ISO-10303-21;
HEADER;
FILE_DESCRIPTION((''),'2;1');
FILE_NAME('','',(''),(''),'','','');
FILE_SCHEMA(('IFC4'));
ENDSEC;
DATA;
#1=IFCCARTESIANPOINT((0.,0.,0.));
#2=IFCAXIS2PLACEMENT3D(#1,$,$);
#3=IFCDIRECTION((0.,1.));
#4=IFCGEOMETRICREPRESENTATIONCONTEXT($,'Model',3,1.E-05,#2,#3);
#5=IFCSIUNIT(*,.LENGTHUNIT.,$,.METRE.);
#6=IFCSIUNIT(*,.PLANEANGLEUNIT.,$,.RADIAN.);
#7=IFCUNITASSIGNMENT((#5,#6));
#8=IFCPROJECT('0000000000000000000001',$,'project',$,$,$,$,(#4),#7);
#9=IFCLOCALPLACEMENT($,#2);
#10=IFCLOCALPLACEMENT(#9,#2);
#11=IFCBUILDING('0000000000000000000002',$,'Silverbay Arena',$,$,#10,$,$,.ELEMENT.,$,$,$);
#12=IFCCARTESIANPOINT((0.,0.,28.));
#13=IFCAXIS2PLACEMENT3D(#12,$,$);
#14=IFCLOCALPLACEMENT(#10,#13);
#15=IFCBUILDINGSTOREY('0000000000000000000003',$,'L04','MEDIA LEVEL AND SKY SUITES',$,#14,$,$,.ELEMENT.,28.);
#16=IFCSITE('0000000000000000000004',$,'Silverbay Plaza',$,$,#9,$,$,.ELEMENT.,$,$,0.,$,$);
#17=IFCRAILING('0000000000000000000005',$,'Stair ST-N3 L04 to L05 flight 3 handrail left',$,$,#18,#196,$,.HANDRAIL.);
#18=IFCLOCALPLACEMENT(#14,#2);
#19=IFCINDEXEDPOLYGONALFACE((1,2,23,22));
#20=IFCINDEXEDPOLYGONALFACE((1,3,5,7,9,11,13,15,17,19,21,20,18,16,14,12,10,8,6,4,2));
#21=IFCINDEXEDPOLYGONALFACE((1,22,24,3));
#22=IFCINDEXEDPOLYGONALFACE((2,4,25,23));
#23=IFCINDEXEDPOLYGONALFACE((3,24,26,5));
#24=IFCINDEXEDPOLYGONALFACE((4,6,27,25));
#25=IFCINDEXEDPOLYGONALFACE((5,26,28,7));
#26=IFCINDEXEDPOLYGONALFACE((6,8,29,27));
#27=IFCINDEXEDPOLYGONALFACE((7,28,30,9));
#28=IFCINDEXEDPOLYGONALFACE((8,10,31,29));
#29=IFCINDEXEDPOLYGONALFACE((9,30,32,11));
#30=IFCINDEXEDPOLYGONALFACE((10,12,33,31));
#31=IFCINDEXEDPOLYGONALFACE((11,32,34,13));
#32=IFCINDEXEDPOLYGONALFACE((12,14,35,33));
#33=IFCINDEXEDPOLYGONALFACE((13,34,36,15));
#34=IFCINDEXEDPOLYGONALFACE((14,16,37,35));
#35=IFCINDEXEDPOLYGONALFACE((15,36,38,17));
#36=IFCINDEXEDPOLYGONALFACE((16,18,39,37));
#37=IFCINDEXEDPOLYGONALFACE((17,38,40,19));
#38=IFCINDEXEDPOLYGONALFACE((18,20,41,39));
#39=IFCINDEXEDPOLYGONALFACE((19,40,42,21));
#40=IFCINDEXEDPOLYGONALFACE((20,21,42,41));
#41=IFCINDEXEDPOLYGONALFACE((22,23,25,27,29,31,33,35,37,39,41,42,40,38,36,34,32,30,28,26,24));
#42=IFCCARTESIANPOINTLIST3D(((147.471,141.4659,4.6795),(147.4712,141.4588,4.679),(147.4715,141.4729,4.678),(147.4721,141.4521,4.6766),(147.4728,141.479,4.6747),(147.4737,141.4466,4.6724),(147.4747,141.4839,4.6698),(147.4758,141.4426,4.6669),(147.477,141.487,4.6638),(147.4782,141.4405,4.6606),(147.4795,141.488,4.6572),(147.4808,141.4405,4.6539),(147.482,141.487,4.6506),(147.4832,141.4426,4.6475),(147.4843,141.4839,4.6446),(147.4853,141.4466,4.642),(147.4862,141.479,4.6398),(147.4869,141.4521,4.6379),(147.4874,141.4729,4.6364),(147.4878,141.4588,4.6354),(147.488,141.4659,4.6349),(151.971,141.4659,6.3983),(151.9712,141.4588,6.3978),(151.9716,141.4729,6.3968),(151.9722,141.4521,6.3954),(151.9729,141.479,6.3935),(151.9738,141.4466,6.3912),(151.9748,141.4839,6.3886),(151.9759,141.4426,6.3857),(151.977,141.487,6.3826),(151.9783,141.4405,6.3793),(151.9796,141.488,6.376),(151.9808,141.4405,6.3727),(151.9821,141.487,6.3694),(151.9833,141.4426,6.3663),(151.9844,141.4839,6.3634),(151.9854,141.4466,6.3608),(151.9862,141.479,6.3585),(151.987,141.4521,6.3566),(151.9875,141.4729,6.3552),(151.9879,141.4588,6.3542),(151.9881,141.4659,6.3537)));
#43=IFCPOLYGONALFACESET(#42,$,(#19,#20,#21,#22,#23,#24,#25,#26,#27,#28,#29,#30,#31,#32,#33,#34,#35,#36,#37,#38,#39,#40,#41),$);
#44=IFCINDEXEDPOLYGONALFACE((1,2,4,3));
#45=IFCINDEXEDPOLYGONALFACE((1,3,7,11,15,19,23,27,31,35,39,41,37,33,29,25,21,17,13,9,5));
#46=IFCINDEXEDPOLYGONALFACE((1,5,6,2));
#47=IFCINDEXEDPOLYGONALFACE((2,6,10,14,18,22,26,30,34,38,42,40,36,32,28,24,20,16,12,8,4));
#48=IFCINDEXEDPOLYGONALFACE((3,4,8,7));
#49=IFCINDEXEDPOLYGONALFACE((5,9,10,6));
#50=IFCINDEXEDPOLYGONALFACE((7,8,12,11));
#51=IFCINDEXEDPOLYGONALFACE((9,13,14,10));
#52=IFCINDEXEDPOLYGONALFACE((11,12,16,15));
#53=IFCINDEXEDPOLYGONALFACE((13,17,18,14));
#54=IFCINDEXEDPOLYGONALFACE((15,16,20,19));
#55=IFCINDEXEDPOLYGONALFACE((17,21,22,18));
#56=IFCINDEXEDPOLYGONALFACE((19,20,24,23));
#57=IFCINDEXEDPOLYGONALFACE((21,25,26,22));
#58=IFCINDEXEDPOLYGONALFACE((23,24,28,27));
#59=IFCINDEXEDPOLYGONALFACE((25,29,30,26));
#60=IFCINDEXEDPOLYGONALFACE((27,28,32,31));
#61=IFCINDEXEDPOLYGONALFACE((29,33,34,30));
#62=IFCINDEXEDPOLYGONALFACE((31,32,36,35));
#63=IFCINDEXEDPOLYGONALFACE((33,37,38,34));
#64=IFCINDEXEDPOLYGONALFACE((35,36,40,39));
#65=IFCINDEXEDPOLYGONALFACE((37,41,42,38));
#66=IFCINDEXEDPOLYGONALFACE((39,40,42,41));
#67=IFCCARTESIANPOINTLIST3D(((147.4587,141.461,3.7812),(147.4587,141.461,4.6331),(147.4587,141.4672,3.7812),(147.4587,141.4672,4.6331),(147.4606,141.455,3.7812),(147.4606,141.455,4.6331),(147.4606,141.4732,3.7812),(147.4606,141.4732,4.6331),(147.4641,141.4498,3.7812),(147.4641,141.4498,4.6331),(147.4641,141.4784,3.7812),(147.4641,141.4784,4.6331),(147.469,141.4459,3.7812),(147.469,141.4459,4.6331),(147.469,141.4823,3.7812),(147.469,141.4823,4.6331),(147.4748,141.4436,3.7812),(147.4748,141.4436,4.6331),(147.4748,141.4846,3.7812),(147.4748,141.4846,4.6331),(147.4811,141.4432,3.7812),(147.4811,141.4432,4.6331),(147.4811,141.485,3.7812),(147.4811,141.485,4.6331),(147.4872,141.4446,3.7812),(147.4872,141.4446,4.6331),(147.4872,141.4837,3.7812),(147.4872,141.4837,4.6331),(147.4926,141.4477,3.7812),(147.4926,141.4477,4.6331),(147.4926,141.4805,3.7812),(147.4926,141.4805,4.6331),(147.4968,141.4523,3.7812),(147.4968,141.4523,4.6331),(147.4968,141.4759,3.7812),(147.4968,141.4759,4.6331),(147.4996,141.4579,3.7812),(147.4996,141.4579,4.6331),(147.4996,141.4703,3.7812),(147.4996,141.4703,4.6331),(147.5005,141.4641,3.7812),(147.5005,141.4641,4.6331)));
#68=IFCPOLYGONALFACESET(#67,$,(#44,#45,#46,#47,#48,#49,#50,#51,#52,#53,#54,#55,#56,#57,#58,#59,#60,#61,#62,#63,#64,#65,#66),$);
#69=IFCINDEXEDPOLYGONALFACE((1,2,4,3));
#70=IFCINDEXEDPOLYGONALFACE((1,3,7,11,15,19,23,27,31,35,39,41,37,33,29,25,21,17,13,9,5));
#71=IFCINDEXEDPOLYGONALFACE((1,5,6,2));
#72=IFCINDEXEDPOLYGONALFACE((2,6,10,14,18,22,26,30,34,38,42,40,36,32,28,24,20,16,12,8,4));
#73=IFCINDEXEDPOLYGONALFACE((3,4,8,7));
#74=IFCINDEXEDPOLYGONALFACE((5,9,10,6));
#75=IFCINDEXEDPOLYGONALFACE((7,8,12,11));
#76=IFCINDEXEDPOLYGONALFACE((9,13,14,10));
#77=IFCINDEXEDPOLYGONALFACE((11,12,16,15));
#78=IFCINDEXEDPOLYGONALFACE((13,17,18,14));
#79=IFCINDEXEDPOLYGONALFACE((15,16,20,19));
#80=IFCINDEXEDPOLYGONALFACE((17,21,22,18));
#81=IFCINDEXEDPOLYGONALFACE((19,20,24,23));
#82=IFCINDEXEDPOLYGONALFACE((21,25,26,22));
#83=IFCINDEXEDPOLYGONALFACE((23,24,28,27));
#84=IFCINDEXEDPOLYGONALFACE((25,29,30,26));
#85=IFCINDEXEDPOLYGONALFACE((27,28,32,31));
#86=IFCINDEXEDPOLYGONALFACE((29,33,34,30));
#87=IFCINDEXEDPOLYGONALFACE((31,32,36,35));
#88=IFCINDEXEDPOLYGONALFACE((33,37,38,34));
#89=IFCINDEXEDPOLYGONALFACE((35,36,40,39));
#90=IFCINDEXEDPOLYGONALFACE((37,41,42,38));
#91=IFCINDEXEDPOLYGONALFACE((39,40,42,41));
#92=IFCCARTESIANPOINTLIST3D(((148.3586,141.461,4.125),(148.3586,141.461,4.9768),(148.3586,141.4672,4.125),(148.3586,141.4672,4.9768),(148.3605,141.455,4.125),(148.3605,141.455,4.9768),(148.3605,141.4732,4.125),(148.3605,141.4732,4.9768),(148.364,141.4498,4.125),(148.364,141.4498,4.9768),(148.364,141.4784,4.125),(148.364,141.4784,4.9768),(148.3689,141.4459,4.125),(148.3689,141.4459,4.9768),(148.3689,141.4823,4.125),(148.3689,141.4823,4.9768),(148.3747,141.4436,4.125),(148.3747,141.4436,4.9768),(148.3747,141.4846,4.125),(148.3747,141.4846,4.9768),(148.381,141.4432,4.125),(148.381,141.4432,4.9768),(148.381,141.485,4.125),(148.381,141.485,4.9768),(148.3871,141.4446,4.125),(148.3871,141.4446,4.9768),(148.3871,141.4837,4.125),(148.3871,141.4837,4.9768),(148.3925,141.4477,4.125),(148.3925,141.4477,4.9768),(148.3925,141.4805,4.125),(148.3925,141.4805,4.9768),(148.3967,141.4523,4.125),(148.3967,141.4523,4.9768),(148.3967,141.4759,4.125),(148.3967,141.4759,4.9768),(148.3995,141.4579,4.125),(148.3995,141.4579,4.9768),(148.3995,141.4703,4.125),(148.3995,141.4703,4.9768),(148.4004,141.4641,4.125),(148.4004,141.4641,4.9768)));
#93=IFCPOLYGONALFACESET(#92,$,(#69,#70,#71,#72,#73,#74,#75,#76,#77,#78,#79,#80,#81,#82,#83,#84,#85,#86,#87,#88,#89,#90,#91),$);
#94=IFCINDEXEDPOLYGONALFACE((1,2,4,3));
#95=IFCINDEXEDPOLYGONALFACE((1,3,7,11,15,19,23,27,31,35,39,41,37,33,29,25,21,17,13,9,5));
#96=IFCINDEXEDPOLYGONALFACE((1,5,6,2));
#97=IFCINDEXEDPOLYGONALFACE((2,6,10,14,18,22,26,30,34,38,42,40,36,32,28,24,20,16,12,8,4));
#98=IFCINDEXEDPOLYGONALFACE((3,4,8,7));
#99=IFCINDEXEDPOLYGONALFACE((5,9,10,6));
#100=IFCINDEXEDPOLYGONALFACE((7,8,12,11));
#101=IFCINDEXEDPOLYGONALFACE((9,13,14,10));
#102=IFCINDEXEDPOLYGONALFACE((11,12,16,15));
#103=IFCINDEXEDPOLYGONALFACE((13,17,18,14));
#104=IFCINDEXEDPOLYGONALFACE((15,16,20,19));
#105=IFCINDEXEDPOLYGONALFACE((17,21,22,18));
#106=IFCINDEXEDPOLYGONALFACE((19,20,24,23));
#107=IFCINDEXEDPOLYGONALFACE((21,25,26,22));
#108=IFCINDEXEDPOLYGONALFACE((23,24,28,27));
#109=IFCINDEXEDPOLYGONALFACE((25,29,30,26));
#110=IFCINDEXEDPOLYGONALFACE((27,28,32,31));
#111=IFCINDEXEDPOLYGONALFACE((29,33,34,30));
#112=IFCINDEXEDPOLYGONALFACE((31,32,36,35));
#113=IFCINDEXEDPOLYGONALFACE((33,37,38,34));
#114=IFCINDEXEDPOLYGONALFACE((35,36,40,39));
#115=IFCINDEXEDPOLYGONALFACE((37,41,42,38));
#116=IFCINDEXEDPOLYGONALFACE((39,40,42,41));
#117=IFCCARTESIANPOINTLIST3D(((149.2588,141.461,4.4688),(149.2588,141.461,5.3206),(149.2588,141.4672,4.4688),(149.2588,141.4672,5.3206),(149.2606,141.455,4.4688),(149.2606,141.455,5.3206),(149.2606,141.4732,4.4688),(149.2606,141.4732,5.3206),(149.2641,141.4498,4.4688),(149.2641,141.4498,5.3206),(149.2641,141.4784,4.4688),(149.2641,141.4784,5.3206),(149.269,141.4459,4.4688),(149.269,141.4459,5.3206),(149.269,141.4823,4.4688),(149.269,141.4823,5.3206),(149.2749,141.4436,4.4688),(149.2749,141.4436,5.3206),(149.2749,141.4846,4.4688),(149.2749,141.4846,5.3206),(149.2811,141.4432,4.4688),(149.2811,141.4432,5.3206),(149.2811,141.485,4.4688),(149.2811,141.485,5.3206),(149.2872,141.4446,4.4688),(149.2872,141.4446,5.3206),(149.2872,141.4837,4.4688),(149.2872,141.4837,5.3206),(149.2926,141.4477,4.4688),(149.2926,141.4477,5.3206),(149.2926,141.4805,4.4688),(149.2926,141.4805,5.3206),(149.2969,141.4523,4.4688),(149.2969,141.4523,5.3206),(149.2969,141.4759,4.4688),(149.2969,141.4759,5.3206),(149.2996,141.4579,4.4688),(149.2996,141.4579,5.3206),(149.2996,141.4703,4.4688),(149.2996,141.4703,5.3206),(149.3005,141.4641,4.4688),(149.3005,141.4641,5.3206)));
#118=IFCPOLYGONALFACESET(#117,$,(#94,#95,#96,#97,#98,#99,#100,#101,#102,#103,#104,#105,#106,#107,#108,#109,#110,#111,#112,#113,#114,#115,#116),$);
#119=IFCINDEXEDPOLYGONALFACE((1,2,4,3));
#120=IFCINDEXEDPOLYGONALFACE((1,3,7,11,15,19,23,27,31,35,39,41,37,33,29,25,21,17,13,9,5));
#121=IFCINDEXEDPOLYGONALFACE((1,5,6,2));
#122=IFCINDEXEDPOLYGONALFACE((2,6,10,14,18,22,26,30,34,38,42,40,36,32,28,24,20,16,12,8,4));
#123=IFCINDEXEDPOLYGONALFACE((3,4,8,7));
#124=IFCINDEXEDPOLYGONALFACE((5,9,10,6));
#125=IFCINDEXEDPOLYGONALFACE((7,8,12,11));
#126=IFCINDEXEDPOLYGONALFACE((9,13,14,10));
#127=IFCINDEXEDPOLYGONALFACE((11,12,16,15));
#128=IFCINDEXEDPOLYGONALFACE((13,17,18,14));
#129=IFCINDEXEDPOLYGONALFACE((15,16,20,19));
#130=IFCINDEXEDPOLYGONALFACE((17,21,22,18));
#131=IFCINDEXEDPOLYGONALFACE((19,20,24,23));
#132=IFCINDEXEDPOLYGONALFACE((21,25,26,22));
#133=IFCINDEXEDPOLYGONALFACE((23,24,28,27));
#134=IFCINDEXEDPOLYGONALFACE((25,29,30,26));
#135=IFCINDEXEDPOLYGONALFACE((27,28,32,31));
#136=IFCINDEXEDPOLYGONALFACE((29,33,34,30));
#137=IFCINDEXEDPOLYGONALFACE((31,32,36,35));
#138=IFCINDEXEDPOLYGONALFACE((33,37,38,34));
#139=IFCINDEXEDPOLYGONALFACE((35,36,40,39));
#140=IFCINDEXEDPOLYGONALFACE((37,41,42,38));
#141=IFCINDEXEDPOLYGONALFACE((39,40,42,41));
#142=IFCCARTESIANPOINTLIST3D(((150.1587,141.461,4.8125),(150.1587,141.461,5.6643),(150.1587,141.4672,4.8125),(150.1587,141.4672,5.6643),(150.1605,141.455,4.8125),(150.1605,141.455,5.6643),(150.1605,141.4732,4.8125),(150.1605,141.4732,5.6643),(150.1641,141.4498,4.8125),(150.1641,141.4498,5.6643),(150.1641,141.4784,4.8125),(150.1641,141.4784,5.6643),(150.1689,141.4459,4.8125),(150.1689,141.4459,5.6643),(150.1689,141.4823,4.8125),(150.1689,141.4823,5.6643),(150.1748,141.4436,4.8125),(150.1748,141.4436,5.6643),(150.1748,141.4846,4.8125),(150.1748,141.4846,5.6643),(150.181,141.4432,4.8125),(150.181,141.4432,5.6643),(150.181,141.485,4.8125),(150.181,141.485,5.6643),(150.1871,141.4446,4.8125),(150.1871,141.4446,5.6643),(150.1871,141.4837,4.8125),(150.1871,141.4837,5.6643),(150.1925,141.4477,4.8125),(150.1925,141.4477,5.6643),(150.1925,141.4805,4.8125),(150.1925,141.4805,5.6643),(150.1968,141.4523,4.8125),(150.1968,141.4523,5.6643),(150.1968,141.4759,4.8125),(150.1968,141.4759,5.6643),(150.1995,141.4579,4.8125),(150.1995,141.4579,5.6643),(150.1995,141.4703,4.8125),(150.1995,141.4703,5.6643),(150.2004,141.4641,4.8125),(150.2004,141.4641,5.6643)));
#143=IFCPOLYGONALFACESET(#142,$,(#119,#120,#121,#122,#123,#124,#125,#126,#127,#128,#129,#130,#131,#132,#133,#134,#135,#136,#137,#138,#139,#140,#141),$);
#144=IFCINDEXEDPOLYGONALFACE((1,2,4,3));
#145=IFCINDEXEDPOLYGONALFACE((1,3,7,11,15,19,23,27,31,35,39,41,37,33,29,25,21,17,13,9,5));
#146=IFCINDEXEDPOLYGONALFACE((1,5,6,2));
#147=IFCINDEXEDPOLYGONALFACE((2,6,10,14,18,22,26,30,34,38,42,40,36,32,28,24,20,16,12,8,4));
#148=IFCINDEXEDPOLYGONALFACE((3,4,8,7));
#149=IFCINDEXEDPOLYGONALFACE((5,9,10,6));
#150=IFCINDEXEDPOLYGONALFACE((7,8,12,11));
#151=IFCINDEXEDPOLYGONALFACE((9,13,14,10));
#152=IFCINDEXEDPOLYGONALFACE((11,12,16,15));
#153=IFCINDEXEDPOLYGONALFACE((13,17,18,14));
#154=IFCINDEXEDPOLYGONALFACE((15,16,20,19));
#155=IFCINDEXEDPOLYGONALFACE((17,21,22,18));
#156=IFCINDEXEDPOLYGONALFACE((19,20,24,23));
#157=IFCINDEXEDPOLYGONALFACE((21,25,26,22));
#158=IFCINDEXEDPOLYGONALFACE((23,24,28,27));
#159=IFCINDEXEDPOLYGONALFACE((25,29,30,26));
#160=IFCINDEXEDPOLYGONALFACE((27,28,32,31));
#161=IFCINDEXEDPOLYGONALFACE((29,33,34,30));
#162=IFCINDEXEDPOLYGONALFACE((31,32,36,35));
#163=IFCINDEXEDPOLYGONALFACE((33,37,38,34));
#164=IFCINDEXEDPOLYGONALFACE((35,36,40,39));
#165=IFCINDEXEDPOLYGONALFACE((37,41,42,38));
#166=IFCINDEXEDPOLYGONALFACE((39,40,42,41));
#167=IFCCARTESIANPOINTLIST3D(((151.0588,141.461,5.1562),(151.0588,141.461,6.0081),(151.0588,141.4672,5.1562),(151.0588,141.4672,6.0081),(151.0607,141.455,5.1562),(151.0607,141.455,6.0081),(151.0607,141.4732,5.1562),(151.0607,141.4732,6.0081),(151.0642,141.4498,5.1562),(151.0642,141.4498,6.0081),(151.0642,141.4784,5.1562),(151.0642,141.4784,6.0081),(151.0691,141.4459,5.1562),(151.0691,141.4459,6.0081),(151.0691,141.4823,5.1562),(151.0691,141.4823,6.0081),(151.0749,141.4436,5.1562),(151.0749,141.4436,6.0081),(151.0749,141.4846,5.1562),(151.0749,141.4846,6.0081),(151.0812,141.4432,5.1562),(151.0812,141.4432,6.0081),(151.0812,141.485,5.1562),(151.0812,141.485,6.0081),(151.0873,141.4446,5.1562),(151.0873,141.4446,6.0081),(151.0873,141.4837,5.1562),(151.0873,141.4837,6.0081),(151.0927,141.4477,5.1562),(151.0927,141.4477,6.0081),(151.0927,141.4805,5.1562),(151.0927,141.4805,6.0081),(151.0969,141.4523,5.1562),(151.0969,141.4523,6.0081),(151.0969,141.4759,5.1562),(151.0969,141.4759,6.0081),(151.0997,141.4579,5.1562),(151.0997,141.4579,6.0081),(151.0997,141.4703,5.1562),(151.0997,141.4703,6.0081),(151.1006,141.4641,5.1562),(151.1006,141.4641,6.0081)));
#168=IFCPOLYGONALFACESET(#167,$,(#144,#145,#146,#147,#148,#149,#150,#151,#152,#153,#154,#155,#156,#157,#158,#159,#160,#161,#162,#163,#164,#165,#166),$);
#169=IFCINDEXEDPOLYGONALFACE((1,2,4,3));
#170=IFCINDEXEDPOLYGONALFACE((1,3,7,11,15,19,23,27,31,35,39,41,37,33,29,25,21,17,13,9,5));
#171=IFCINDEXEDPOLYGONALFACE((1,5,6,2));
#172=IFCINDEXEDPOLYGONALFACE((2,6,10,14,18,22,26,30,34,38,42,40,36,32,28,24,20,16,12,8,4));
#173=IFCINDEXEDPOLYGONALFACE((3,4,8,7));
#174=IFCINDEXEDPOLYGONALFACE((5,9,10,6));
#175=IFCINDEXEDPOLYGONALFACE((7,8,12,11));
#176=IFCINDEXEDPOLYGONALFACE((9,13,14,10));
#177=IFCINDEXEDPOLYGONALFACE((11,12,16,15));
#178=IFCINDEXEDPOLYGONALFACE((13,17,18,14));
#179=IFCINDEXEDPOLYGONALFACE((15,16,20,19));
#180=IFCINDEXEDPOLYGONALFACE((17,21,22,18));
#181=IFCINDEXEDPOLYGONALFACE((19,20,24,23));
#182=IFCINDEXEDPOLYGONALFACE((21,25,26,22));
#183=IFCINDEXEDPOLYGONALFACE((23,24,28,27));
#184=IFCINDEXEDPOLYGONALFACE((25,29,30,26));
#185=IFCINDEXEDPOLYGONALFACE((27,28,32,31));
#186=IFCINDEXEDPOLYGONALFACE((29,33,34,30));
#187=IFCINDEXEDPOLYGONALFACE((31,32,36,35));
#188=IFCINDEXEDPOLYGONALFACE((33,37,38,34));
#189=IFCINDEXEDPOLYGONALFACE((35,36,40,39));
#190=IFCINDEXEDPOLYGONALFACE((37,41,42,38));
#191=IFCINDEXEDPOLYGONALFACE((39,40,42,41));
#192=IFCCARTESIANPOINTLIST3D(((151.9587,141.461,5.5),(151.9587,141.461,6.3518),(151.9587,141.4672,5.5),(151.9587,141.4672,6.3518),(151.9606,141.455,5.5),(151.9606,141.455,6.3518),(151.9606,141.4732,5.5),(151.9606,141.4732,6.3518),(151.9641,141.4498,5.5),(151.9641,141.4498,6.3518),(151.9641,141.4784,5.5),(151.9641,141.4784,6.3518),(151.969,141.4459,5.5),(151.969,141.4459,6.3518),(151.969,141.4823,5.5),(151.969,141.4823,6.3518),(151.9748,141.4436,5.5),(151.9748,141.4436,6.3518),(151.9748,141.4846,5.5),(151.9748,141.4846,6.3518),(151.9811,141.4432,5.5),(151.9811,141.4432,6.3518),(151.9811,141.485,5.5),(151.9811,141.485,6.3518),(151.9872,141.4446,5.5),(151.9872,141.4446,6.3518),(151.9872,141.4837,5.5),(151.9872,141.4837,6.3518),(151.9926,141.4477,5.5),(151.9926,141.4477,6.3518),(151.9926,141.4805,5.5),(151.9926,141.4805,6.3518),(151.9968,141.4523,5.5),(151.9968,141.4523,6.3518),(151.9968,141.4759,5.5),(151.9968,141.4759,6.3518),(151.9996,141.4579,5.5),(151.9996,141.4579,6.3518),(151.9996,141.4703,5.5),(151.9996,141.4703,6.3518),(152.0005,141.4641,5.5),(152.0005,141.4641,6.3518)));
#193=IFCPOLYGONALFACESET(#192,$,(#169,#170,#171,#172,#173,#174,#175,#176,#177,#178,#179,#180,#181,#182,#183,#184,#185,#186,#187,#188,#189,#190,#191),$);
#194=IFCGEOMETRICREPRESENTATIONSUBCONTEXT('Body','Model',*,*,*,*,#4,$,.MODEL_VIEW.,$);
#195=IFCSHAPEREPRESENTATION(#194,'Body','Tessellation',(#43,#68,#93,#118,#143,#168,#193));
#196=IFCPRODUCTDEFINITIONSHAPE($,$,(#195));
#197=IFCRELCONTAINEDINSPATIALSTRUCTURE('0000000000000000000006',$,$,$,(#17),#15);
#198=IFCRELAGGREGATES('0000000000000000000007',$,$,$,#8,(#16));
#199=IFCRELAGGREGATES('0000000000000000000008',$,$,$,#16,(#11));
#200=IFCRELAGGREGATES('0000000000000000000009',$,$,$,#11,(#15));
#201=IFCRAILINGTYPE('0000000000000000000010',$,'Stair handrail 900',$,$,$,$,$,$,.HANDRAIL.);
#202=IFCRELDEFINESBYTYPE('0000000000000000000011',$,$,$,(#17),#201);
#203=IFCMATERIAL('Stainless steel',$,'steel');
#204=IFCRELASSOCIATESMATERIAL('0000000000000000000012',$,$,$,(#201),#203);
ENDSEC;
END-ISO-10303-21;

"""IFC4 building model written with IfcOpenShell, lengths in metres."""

from ifc_helpers import new_model, si_unit, direction, frame, origin, origin_2d, place, context, subcontext, project, spatial, circle, extrude, material, type_object, element, save


model = new_model("IFC4")

# Units and contexts
model_context = context("Model", 3, precision=1e-05, world=origin(), true_north=direction((0.0, 1.0)))
body_context = subcontext(model_context, "Body", "Model", "MODEL_VIEW")
ifc_project = project(units=[si_unit("LENGTHUNIT", "METRE"), si_unit("PLANEANGLEUNIT", "RADIAN")], contexts=[model_context])

# Site, building, storey
site_placement = place(None, origin())
site = spatial("IfcSite", under=ifc_project, at=site_placement, Name="Silverbay Plaza", CompositionType="ELEMENT", RefElevation=0.0)
building_placement = place(site_placement, origin())
building = spatial("IfcBuilding", under=site, at=building_placement, Name="Silverbay Arena", CompositionType="ELEMENT")
storey_placement = place(building_placement, frame((0.0, 0.0, 28.0)))
storey = spatial("IfcBuildingStorey", under=building, at=storey_placement, Name="L04", Description="MEDIA LEVEL AND SKY SUITES", CompositionType="ELEMENT", Elevation=28.0)

# Railing
ifc_material_1 = material(Name="Stainless steel", Category="steel")
railing_type_1 = type_object("IfcRailingType", Name="Stair handrail 900", PredefinedType="HANDRAIL", material=ifc_material_1)
for number, where, name in (
    (1, (147.4795, 141.4641, 3.7812), "Stair ST-N3 L04 to L05 flight 3 handrail left"),
):
    element("IfcRailing", number, at=place(storey_placement, frame(where)), inside=storey, type_object=railing_type_1, Name=name, PredefinedType="HANDRAIL", context=body_context, shape_type="SweptSolid", body=[
        extrude(circle(Radius=0.0239, at=origin_2d()), frame((0.0, 0.0, 0.876), z_axis=(0.934179, 0.0, 0.356805), x_axis=(0.0, 1.0, 0.0)), (0.0, 0.0, 1.0), 4.8171),
        extrude(circle(Radius=0.021, at=origin_2d()), origin(), (0.0, 0.0, 1.0), 0.8518),
        extrude(circle(Radius=0.021, at=origin_2d()), frame((0.8999, 0.0, 0.3438)), (0.0, 0.0, 1.0), 0.8518),
        extrude(circle(Radius=0.021, at=origin_2d()), frame((1.8, 0.0, 0.6875)), (0.0, 0.0, 1.0), 0.8518),
        extrude(circle(Radius=0.021, at=origin_2d()), frame((2.7, 0.0, 1.0312)), (0.0, 0.0, 1.0), 0.8518),
        extrude(circle(Radius=0.021, at=origin_2d()), frame((3.6001, 0.0, 1.375)), (0.0, 0.0, 1.0), 0.8518),
        extrude(circle(Radius=0.021, at=origin_2d()), frame((4.5, 0.0, 1.7188)), (0.0, 0.0, 1.0), 0.8518),
    ])

save(model, "model.ifc")
